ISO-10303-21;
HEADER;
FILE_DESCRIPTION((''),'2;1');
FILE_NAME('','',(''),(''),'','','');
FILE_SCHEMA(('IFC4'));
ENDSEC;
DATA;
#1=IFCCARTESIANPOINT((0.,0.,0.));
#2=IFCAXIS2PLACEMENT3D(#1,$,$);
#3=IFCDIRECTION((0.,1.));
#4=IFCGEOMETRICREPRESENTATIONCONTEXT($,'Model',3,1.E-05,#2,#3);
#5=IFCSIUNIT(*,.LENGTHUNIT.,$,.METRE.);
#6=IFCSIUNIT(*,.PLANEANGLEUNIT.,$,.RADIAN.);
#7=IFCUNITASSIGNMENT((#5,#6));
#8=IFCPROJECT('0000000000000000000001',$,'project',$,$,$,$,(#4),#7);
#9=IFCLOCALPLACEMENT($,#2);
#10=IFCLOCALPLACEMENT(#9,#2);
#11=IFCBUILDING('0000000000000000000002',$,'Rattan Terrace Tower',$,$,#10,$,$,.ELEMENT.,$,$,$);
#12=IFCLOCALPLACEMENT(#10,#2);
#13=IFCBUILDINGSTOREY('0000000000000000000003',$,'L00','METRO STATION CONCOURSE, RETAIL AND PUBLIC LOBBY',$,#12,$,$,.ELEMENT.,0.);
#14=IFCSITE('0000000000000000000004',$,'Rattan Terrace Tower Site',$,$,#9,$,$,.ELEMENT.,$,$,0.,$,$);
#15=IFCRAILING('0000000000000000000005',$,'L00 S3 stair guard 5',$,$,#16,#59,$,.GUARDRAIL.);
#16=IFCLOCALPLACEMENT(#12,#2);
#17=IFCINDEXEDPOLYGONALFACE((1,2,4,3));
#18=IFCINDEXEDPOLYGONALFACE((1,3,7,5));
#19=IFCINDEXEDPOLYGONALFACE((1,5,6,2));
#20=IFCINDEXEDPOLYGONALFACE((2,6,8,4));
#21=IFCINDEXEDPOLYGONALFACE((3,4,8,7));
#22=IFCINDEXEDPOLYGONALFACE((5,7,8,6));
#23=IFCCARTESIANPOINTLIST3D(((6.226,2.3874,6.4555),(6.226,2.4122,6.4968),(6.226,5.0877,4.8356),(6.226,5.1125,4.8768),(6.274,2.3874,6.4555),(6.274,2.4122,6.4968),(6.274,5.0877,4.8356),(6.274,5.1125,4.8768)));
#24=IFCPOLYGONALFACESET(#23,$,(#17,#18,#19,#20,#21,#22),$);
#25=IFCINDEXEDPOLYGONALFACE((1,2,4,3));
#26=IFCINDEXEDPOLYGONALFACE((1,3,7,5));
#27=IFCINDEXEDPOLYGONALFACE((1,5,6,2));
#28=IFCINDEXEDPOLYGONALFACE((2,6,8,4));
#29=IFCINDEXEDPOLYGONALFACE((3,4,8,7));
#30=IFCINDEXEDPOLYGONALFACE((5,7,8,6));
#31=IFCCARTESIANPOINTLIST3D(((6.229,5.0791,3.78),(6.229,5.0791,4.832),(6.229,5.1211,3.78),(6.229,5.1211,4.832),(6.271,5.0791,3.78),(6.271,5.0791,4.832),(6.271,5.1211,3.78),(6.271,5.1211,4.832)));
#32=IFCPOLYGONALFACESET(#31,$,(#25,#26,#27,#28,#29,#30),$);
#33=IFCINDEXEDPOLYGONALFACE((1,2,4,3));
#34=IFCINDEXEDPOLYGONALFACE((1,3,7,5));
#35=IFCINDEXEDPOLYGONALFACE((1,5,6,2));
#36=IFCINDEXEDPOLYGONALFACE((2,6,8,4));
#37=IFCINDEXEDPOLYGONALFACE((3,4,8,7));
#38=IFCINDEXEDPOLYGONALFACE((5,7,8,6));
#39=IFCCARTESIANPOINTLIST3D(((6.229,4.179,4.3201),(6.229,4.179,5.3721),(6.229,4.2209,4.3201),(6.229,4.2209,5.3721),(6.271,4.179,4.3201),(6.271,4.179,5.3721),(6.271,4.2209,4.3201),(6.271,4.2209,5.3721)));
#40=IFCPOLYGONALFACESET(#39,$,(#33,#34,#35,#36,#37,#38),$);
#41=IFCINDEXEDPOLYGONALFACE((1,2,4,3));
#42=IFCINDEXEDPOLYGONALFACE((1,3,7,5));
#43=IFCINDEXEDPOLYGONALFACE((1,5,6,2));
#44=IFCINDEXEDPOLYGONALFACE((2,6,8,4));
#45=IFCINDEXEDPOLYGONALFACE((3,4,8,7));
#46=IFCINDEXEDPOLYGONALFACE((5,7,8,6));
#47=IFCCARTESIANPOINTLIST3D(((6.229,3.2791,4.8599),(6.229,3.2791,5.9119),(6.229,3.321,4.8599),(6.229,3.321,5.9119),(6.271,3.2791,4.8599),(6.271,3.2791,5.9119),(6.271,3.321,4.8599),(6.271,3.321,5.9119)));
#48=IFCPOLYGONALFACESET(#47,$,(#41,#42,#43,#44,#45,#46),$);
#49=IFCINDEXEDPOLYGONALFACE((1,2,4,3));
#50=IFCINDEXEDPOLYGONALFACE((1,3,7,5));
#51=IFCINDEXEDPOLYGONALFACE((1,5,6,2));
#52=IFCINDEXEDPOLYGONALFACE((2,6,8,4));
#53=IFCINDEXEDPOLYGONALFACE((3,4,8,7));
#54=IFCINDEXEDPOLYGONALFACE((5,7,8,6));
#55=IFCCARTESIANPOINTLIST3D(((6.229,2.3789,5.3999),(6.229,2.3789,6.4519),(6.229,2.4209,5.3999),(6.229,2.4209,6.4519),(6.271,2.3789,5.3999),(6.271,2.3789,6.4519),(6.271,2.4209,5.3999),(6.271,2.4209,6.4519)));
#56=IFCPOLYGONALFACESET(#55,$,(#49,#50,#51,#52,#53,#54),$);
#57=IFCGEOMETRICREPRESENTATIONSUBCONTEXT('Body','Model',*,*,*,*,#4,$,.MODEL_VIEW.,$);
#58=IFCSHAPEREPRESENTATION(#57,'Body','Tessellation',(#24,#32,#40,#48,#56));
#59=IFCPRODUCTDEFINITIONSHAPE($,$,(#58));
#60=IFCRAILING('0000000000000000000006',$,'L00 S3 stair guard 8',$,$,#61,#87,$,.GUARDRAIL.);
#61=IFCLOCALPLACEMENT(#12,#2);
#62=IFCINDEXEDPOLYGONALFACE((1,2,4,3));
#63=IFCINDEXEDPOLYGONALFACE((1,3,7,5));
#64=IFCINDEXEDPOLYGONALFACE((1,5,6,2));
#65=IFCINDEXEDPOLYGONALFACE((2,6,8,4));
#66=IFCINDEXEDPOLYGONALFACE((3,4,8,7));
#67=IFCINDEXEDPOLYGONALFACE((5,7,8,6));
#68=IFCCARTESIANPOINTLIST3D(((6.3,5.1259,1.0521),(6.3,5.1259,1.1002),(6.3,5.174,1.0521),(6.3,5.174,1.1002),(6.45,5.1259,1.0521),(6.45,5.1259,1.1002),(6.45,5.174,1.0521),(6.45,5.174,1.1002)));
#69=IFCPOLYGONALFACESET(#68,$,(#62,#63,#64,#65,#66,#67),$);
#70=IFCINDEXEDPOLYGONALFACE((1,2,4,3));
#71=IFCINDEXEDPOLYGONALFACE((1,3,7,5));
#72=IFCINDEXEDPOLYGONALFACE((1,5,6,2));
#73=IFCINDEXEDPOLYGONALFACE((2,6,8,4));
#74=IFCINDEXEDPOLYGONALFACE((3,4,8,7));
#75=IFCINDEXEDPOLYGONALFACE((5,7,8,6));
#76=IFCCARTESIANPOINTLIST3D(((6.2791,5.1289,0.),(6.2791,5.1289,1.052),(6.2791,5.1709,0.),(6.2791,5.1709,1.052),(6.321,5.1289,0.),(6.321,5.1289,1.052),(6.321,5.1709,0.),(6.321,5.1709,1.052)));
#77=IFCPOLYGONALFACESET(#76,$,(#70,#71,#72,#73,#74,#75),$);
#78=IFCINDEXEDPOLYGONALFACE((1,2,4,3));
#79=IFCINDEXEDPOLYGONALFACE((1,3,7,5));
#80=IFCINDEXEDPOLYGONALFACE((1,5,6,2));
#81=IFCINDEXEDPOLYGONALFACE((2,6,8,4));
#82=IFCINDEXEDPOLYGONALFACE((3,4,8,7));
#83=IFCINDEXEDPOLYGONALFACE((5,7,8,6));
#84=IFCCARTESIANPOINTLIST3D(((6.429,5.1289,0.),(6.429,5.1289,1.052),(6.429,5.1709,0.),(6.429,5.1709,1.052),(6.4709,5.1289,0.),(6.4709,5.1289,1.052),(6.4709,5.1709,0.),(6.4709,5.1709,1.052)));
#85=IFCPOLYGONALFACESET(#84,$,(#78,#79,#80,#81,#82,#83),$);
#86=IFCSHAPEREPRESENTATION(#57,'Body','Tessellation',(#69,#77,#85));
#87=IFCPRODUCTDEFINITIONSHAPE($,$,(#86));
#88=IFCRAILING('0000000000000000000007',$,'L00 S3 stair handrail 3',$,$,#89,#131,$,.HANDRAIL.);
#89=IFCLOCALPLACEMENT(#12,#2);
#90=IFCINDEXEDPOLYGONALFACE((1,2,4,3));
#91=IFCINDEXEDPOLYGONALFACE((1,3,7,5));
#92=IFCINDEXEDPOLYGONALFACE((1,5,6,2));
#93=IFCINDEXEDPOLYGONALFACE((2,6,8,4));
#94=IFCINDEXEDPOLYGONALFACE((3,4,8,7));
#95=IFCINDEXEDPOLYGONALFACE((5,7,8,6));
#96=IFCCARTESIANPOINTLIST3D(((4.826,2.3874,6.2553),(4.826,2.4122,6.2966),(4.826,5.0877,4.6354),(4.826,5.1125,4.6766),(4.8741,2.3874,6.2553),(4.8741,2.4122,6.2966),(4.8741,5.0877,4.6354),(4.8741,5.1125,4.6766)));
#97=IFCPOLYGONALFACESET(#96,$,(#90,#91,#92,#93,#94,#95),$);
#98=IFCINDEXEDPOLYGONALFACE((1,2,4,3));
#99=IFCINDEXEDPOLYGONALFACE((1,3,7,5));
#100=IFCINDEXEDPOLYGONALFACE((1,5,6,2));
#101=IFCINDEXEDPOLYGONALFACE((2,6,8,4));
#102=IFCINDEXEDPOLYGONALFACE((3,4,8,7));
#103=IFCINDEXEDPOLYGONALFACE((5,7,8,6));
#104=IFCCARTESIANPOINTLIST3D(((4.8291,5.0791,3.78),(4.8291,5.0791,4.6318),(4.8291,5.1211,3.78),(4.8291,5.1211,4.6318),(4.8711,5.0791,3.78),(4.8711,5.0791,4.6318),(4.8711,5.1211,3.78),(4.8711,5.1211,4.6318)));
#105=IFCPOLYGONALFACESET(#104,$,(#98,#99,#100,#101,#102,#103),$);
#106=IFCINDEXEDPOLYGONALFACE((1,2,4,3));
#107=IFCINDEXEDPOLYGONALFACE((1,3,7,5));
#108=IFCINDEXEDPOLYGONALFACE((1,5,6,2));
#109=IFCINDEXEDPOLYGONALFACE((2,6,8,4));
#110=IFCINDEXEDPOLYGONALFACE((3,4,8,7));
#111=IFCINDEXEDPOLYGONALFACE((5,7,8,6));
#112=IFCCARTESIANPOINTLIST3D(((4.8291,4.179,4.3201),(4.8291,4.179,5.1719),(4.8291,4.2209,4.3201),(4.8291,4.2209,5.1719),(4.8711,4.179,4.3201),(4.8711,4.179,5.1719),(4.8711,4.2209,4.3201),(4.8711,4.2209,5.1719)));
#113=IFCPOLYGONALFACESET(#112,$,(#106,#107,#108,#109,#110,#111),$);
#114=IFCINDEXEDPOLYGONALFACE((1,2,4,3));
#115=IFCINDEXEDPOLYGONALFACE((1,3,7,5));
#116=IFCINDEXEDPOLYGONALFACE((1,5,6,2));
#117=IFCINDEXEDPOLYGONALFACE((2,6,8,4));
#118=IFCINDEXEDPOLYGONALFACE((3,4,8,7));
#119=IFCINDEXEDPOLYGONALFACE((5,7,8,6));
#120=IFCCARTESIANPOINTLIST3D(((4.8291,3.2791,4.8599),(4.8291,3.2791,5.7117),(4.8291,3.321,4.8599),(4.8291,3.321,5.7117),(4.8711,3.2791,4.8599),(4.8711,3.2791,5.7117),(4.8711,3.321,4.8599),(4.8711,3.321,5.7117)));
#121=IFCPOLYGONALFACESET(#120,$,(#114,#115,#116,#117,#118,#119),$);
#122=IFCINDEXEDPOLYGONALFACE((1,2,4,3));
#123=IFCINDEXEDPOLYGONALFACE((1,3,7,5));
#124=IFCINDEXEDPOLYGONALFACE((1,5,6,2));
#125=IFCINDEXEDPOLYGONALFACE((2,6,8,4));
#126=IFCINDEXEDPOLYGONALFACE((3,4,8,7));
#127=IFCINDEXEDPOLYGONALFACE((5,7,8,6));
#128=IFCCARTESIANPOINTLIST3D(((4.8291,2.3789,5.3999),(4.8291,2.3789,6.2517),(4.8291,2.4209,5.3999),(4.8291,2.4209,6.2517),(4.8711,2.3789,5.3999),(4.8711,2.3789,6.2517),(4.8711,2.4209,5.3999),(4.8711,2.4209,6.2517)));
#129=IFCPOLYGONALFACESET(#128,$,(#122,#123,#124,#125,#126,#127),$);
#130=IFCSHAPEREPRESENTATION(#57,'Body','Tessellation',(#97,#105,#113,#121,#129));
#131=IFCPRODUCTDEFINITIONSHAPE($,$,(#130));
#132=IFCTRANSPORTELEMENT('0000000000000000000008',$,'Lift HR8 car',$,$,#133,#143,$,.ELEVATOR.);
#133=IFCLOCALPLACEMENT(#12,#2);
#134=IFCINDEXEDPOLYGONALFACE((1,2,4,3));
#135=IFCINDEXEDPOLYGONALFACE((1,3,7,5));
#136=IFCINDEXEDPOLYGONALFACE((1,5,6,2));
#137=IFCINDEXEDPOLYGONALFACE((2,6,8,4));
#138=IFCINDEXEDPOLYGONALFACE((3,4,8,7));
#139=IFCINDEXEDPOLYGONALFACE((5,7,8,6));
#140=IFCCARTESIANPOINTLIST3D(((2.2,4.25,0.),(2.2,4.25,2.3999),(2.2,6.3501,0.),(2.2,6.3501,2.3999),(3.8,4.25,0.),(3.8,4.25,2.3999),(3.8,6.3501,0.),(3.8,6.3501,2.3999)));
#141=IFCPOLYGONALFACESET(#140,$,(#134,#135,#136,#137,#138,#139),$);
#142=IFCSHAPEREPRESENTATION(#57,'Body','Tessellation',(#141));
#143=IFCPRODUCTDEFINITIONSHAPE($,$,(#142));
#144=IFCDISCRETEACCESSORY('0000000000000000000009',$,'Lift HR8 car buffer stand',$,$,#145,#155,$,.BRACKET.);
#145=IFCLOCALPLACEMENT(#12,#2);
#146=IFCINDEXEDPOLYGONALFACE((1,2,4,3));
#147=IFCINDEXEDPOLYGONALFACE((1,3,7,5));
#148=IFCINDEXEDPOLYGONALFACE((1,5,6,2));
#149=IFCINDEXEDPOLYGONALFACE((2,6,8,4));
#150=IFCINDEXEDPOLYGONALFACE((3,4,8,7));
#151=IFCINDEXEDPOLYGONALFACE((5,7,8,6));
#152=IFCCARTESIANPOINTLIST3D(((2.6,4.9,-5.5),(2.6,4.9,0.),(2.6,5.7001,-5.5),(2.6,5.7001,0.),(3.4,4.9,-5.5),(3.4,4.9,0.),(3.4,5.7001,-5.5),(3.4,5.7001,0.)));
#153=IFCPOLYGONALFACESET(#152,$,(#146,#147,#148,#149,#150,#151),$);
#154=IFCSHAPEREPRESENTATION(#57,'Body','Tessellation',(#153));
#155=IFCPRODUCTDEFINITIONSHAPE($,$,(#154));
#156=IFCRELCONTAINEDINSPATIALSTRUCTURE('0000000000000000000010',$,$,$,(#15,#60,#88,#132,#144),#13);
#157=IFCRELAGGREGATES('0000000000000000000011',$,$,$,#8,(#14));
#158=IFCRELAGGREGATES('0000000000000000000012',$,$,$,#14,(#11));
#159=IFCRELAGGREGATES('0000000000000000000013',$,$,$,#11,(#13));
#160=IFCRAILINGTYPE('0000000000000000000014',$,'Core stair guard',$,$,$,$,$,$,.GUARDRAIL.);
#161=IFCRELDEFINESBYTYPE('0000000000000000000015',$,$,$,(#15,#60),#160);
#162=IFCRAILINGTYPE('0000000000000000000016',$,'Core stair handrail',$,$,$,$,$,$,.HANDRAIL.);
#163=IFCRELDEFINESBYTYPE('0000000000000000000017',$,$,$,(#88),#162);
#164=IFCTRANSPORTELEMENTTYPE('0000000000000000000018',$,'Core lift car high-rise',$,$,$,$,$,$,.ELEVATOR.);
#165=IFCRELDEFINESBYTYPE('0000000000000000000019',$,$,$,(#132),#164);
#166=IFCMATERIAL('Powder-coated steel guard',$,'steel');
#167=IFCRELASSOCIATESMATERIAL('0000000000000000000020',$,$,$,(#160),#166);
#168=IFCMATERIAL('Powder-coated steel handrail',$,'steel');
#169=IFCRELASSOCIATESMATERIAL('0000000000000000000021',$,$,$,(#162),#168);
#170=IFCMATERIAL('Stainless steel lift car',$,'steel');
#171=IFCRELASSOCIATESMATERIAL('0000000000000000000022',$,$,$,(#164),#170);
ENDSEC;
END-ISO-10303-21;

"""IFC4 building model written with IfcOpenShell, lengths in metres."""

from ifc_helpers import new_model, si_unit, direction, frame, origin, origin_2d, place, context, subcontext, project, spatial, rectangle, extrude, material, type_object, element, save


model = new_model("IFC4")

# Units and contexts
model_context = context("Model", 3, precision=1e-05, world=origin(), true_north=direction((0.0, 1.0)))
body_context = subcontext(model_context, "Body", "Model", "MODEL_VIEW")
ifc_project = project(units=[si_unit("LENGTHUNIT", "METRE"), si_unit("PLANEANGLEUNIT", "RADIAN")], contexts=[model_context])

# Site, building, storey
site_placement = place(None, origin())
site = spatial("IfcSite", under=ifc_project, at=site_placement, Name="Rattan Terrace Tower Site", CompositionType="ELEMENT", RefElevation=0.0)
building_placement = place(site_placement, origin())
building = spatial("IfcBuilding", under=site, at=building_placement, Name="Rattan Terrace Tower", CompositionType="ELEMENT")
storey_placement = place(building_placement, origin())
storey = spatial("IfcBuildingStorey", under=building, at=storey_placement, Name="L00", Description="METRO STATION CONCOURSE, RETAIL AND PUBLIC LOBBY", CompositionType="ELEMENT", Elevation=0.0)

# Railings
ifc_material_1 = material(Name="Powder-coated steel guard", Category="steel")
railing_type_1 = type_object("IfcRailingType", Name="Core stair guard", PredefinedType="GUARDRAIL", material=ifc_material_1)
railing_1_placement = place(storey_placement, frame((6.25, 5.1001, 3.78)))
element("IfcRailing", 1, at=railing_1_placement, inside=storey, type_object=railing_type_1, Name="L00 S3 stair guard 5", PredefinedType="GUARDRAIL", context=body_context, shape_type="SweptSolid", body=[
    extrude(rectangle(XDim=0.0481, YDim=0.0481, at=origin_2d()), frame((0.0, 0.0, 1.0762), z_axis=(0.0, -0.857527, 0.514439), x_axis=(1.0, 0.0, 0.0)), (0.0, 0.0, 1.0), 3.1489),
    extrude(rectangle(XDim=0.042, YDim=0.042, at=origin_2d()), origin(), (0.0, 0.0, 1.0), 1.052),
    extrude(rectangle(XDim=0.042, YDim=0.042, at=origin_2d()), frame((0.0, -0.9001, 0.54)), (0.0, 0.0, 1.0), 1.052),
    extrude(rectangle(XDim=0.042, YDim=0.042, at=origin_2d()), frame((0.0, -1.8, 1.0798)), (0.0, 0.0, 1.0), 1.052),
    extrude(rectangle(XDim=0.042, YDim=0.042, at=origin_2d()), frame((0.0, -2.7002, 1.6199)), (0.0, 0.0, 1.0), 1.052),
])
railing_2_placement = place(storey_placement, frame((6.3, 5.1499, 0.0)))
element("IfcRailing", 2, at=railing_2_placement, inside=storey, type_object=railing_type_1, Name="L00 S3 stair guard 8", PredefinedType="GUARDRAIL", context=body_context, shape_type="SweptSolid", body=[
    extrude(rectangle(XDim=0.0481, YDim=0.0481, at=origin_2d()), frame((0.0, 0.0, 1.0762), z_axis=(1.0, 0.0, 0.0), x_axis=(0.0, 1.0, 0.0)), (0.0, 0.0, 1.0), 0.1499),
    extrude(rectangle(XDim=0.042, YDim=0.042, at=origin_2d()), origin(), (0.0, 0.0, 1.0), 1.052),
    extrude(rectangle(XDim=0.042, YDim=0.042, at=origin_2d()), frame((0.1499, 0.0, 0.0)), (0.0, 0.0, 1.0), 1.052),
])
ifc_material_2 = material(Name="Powder-coated steel handrail", Category="steel")
railing_type_2 = type_object("IfcRailingType", Name="Core stair handrail", PredefinedType="HANDRAIL", material=ifc_material_2)
railing_3_placement = place(storey_placement, frame((4.8501, 5.1001, 3.78)))
element("IfcRailing", 3, at=railing_3_placement, inside=storey, type_object=railing_type_2, Name="L00 S3 stair handrail 3", PredefinedType="HANDRAIL", context=body_context, shape_type="SweptSolid", body=[
    extrude(rectangle(XDim=0.0481, YDim=0.0481, at=origin_2d()), frame((0.0, 0.0, 0.876), z_axis=(0.0, -0.857527, 0.514439), x_axis=(1.0, 0.0, 0.0)), (0.0, 0.0, 1.0), 3.1489),
    extrude(rectangle(XDim=0.042, YDim=0.042, at=origin_2d()), origin(), (0.0, 0.0, 1.0), 0.8518),
    extrude(rectangle(XDim=0.042, YDim=0.042, at=origin_2d()), frame((0.0, -0.9001, 0.54)), (0.0, 0.0, 1.0), 0.8518),
    extrude(rectangle(XDim=0.042, YDim=0.042, at=origin_2d()), frame((0.0, -1.8, 1.0798)), (0.0, 0.0, 1.0), 0.8518),
    extrude(rectangle(XDim=0.042, YDim=0.042, at=origin_2d()), frame((0.0, -2.7002, 1.6199)), (0.0, 0.0, 1.0), 0.8518),
])

# Transport element
ifc_material_3 = material(Name="Stainless steel lift car", Category="steel")
transport_element_type = type_object("IfcTransportElementType", Name="Core lift car high-rise", PredefinedType="ELEVATOR", material=ifc_material_3)
transport_element_placement = place(storey_placement, frame((3.0, 5.3, 0.0), z_axis=(0.0, 0.0, 1.0), x_axis=(1.0, 0.0, 0.0)))
element("IfcTransportElement", 4, at=transport_element_placement, inside=storey, type_object=transport_element_type, Name="Lift HR8 car", PredefinedType="ELEVATOR", context=body_context, shape_type="SweptSolid", body=[
    extrude(rectangle(XDim=1.6001, YDim=2.1001, at=origin_2d()), origin(), (0.0, 0.0, 1.0), 2.3999),
])

# Discrete accessory
discrete_accessory_placement = place(storey_placement, frame((3.0, 5.3, -5.5), z_axis=(0.0, 0.0, 1.0), x_axis=(1.0, 0.0, 0.0)))
element("IfcDiscreteAccessory", 5, at=discrete_accessory_placement, inside=storey, Name="Lift HR8 car buffer stand", PredefinedType="BRACKET", context=body_context, shape_type="SweptSolid", body=[
    extrude(rectangle(XDim=0.8, YDim=0.8, at=origin_2d()), origin(), (0.0, 0.0, 1.0), 5.5),
])

save(model, "model.ifc")
